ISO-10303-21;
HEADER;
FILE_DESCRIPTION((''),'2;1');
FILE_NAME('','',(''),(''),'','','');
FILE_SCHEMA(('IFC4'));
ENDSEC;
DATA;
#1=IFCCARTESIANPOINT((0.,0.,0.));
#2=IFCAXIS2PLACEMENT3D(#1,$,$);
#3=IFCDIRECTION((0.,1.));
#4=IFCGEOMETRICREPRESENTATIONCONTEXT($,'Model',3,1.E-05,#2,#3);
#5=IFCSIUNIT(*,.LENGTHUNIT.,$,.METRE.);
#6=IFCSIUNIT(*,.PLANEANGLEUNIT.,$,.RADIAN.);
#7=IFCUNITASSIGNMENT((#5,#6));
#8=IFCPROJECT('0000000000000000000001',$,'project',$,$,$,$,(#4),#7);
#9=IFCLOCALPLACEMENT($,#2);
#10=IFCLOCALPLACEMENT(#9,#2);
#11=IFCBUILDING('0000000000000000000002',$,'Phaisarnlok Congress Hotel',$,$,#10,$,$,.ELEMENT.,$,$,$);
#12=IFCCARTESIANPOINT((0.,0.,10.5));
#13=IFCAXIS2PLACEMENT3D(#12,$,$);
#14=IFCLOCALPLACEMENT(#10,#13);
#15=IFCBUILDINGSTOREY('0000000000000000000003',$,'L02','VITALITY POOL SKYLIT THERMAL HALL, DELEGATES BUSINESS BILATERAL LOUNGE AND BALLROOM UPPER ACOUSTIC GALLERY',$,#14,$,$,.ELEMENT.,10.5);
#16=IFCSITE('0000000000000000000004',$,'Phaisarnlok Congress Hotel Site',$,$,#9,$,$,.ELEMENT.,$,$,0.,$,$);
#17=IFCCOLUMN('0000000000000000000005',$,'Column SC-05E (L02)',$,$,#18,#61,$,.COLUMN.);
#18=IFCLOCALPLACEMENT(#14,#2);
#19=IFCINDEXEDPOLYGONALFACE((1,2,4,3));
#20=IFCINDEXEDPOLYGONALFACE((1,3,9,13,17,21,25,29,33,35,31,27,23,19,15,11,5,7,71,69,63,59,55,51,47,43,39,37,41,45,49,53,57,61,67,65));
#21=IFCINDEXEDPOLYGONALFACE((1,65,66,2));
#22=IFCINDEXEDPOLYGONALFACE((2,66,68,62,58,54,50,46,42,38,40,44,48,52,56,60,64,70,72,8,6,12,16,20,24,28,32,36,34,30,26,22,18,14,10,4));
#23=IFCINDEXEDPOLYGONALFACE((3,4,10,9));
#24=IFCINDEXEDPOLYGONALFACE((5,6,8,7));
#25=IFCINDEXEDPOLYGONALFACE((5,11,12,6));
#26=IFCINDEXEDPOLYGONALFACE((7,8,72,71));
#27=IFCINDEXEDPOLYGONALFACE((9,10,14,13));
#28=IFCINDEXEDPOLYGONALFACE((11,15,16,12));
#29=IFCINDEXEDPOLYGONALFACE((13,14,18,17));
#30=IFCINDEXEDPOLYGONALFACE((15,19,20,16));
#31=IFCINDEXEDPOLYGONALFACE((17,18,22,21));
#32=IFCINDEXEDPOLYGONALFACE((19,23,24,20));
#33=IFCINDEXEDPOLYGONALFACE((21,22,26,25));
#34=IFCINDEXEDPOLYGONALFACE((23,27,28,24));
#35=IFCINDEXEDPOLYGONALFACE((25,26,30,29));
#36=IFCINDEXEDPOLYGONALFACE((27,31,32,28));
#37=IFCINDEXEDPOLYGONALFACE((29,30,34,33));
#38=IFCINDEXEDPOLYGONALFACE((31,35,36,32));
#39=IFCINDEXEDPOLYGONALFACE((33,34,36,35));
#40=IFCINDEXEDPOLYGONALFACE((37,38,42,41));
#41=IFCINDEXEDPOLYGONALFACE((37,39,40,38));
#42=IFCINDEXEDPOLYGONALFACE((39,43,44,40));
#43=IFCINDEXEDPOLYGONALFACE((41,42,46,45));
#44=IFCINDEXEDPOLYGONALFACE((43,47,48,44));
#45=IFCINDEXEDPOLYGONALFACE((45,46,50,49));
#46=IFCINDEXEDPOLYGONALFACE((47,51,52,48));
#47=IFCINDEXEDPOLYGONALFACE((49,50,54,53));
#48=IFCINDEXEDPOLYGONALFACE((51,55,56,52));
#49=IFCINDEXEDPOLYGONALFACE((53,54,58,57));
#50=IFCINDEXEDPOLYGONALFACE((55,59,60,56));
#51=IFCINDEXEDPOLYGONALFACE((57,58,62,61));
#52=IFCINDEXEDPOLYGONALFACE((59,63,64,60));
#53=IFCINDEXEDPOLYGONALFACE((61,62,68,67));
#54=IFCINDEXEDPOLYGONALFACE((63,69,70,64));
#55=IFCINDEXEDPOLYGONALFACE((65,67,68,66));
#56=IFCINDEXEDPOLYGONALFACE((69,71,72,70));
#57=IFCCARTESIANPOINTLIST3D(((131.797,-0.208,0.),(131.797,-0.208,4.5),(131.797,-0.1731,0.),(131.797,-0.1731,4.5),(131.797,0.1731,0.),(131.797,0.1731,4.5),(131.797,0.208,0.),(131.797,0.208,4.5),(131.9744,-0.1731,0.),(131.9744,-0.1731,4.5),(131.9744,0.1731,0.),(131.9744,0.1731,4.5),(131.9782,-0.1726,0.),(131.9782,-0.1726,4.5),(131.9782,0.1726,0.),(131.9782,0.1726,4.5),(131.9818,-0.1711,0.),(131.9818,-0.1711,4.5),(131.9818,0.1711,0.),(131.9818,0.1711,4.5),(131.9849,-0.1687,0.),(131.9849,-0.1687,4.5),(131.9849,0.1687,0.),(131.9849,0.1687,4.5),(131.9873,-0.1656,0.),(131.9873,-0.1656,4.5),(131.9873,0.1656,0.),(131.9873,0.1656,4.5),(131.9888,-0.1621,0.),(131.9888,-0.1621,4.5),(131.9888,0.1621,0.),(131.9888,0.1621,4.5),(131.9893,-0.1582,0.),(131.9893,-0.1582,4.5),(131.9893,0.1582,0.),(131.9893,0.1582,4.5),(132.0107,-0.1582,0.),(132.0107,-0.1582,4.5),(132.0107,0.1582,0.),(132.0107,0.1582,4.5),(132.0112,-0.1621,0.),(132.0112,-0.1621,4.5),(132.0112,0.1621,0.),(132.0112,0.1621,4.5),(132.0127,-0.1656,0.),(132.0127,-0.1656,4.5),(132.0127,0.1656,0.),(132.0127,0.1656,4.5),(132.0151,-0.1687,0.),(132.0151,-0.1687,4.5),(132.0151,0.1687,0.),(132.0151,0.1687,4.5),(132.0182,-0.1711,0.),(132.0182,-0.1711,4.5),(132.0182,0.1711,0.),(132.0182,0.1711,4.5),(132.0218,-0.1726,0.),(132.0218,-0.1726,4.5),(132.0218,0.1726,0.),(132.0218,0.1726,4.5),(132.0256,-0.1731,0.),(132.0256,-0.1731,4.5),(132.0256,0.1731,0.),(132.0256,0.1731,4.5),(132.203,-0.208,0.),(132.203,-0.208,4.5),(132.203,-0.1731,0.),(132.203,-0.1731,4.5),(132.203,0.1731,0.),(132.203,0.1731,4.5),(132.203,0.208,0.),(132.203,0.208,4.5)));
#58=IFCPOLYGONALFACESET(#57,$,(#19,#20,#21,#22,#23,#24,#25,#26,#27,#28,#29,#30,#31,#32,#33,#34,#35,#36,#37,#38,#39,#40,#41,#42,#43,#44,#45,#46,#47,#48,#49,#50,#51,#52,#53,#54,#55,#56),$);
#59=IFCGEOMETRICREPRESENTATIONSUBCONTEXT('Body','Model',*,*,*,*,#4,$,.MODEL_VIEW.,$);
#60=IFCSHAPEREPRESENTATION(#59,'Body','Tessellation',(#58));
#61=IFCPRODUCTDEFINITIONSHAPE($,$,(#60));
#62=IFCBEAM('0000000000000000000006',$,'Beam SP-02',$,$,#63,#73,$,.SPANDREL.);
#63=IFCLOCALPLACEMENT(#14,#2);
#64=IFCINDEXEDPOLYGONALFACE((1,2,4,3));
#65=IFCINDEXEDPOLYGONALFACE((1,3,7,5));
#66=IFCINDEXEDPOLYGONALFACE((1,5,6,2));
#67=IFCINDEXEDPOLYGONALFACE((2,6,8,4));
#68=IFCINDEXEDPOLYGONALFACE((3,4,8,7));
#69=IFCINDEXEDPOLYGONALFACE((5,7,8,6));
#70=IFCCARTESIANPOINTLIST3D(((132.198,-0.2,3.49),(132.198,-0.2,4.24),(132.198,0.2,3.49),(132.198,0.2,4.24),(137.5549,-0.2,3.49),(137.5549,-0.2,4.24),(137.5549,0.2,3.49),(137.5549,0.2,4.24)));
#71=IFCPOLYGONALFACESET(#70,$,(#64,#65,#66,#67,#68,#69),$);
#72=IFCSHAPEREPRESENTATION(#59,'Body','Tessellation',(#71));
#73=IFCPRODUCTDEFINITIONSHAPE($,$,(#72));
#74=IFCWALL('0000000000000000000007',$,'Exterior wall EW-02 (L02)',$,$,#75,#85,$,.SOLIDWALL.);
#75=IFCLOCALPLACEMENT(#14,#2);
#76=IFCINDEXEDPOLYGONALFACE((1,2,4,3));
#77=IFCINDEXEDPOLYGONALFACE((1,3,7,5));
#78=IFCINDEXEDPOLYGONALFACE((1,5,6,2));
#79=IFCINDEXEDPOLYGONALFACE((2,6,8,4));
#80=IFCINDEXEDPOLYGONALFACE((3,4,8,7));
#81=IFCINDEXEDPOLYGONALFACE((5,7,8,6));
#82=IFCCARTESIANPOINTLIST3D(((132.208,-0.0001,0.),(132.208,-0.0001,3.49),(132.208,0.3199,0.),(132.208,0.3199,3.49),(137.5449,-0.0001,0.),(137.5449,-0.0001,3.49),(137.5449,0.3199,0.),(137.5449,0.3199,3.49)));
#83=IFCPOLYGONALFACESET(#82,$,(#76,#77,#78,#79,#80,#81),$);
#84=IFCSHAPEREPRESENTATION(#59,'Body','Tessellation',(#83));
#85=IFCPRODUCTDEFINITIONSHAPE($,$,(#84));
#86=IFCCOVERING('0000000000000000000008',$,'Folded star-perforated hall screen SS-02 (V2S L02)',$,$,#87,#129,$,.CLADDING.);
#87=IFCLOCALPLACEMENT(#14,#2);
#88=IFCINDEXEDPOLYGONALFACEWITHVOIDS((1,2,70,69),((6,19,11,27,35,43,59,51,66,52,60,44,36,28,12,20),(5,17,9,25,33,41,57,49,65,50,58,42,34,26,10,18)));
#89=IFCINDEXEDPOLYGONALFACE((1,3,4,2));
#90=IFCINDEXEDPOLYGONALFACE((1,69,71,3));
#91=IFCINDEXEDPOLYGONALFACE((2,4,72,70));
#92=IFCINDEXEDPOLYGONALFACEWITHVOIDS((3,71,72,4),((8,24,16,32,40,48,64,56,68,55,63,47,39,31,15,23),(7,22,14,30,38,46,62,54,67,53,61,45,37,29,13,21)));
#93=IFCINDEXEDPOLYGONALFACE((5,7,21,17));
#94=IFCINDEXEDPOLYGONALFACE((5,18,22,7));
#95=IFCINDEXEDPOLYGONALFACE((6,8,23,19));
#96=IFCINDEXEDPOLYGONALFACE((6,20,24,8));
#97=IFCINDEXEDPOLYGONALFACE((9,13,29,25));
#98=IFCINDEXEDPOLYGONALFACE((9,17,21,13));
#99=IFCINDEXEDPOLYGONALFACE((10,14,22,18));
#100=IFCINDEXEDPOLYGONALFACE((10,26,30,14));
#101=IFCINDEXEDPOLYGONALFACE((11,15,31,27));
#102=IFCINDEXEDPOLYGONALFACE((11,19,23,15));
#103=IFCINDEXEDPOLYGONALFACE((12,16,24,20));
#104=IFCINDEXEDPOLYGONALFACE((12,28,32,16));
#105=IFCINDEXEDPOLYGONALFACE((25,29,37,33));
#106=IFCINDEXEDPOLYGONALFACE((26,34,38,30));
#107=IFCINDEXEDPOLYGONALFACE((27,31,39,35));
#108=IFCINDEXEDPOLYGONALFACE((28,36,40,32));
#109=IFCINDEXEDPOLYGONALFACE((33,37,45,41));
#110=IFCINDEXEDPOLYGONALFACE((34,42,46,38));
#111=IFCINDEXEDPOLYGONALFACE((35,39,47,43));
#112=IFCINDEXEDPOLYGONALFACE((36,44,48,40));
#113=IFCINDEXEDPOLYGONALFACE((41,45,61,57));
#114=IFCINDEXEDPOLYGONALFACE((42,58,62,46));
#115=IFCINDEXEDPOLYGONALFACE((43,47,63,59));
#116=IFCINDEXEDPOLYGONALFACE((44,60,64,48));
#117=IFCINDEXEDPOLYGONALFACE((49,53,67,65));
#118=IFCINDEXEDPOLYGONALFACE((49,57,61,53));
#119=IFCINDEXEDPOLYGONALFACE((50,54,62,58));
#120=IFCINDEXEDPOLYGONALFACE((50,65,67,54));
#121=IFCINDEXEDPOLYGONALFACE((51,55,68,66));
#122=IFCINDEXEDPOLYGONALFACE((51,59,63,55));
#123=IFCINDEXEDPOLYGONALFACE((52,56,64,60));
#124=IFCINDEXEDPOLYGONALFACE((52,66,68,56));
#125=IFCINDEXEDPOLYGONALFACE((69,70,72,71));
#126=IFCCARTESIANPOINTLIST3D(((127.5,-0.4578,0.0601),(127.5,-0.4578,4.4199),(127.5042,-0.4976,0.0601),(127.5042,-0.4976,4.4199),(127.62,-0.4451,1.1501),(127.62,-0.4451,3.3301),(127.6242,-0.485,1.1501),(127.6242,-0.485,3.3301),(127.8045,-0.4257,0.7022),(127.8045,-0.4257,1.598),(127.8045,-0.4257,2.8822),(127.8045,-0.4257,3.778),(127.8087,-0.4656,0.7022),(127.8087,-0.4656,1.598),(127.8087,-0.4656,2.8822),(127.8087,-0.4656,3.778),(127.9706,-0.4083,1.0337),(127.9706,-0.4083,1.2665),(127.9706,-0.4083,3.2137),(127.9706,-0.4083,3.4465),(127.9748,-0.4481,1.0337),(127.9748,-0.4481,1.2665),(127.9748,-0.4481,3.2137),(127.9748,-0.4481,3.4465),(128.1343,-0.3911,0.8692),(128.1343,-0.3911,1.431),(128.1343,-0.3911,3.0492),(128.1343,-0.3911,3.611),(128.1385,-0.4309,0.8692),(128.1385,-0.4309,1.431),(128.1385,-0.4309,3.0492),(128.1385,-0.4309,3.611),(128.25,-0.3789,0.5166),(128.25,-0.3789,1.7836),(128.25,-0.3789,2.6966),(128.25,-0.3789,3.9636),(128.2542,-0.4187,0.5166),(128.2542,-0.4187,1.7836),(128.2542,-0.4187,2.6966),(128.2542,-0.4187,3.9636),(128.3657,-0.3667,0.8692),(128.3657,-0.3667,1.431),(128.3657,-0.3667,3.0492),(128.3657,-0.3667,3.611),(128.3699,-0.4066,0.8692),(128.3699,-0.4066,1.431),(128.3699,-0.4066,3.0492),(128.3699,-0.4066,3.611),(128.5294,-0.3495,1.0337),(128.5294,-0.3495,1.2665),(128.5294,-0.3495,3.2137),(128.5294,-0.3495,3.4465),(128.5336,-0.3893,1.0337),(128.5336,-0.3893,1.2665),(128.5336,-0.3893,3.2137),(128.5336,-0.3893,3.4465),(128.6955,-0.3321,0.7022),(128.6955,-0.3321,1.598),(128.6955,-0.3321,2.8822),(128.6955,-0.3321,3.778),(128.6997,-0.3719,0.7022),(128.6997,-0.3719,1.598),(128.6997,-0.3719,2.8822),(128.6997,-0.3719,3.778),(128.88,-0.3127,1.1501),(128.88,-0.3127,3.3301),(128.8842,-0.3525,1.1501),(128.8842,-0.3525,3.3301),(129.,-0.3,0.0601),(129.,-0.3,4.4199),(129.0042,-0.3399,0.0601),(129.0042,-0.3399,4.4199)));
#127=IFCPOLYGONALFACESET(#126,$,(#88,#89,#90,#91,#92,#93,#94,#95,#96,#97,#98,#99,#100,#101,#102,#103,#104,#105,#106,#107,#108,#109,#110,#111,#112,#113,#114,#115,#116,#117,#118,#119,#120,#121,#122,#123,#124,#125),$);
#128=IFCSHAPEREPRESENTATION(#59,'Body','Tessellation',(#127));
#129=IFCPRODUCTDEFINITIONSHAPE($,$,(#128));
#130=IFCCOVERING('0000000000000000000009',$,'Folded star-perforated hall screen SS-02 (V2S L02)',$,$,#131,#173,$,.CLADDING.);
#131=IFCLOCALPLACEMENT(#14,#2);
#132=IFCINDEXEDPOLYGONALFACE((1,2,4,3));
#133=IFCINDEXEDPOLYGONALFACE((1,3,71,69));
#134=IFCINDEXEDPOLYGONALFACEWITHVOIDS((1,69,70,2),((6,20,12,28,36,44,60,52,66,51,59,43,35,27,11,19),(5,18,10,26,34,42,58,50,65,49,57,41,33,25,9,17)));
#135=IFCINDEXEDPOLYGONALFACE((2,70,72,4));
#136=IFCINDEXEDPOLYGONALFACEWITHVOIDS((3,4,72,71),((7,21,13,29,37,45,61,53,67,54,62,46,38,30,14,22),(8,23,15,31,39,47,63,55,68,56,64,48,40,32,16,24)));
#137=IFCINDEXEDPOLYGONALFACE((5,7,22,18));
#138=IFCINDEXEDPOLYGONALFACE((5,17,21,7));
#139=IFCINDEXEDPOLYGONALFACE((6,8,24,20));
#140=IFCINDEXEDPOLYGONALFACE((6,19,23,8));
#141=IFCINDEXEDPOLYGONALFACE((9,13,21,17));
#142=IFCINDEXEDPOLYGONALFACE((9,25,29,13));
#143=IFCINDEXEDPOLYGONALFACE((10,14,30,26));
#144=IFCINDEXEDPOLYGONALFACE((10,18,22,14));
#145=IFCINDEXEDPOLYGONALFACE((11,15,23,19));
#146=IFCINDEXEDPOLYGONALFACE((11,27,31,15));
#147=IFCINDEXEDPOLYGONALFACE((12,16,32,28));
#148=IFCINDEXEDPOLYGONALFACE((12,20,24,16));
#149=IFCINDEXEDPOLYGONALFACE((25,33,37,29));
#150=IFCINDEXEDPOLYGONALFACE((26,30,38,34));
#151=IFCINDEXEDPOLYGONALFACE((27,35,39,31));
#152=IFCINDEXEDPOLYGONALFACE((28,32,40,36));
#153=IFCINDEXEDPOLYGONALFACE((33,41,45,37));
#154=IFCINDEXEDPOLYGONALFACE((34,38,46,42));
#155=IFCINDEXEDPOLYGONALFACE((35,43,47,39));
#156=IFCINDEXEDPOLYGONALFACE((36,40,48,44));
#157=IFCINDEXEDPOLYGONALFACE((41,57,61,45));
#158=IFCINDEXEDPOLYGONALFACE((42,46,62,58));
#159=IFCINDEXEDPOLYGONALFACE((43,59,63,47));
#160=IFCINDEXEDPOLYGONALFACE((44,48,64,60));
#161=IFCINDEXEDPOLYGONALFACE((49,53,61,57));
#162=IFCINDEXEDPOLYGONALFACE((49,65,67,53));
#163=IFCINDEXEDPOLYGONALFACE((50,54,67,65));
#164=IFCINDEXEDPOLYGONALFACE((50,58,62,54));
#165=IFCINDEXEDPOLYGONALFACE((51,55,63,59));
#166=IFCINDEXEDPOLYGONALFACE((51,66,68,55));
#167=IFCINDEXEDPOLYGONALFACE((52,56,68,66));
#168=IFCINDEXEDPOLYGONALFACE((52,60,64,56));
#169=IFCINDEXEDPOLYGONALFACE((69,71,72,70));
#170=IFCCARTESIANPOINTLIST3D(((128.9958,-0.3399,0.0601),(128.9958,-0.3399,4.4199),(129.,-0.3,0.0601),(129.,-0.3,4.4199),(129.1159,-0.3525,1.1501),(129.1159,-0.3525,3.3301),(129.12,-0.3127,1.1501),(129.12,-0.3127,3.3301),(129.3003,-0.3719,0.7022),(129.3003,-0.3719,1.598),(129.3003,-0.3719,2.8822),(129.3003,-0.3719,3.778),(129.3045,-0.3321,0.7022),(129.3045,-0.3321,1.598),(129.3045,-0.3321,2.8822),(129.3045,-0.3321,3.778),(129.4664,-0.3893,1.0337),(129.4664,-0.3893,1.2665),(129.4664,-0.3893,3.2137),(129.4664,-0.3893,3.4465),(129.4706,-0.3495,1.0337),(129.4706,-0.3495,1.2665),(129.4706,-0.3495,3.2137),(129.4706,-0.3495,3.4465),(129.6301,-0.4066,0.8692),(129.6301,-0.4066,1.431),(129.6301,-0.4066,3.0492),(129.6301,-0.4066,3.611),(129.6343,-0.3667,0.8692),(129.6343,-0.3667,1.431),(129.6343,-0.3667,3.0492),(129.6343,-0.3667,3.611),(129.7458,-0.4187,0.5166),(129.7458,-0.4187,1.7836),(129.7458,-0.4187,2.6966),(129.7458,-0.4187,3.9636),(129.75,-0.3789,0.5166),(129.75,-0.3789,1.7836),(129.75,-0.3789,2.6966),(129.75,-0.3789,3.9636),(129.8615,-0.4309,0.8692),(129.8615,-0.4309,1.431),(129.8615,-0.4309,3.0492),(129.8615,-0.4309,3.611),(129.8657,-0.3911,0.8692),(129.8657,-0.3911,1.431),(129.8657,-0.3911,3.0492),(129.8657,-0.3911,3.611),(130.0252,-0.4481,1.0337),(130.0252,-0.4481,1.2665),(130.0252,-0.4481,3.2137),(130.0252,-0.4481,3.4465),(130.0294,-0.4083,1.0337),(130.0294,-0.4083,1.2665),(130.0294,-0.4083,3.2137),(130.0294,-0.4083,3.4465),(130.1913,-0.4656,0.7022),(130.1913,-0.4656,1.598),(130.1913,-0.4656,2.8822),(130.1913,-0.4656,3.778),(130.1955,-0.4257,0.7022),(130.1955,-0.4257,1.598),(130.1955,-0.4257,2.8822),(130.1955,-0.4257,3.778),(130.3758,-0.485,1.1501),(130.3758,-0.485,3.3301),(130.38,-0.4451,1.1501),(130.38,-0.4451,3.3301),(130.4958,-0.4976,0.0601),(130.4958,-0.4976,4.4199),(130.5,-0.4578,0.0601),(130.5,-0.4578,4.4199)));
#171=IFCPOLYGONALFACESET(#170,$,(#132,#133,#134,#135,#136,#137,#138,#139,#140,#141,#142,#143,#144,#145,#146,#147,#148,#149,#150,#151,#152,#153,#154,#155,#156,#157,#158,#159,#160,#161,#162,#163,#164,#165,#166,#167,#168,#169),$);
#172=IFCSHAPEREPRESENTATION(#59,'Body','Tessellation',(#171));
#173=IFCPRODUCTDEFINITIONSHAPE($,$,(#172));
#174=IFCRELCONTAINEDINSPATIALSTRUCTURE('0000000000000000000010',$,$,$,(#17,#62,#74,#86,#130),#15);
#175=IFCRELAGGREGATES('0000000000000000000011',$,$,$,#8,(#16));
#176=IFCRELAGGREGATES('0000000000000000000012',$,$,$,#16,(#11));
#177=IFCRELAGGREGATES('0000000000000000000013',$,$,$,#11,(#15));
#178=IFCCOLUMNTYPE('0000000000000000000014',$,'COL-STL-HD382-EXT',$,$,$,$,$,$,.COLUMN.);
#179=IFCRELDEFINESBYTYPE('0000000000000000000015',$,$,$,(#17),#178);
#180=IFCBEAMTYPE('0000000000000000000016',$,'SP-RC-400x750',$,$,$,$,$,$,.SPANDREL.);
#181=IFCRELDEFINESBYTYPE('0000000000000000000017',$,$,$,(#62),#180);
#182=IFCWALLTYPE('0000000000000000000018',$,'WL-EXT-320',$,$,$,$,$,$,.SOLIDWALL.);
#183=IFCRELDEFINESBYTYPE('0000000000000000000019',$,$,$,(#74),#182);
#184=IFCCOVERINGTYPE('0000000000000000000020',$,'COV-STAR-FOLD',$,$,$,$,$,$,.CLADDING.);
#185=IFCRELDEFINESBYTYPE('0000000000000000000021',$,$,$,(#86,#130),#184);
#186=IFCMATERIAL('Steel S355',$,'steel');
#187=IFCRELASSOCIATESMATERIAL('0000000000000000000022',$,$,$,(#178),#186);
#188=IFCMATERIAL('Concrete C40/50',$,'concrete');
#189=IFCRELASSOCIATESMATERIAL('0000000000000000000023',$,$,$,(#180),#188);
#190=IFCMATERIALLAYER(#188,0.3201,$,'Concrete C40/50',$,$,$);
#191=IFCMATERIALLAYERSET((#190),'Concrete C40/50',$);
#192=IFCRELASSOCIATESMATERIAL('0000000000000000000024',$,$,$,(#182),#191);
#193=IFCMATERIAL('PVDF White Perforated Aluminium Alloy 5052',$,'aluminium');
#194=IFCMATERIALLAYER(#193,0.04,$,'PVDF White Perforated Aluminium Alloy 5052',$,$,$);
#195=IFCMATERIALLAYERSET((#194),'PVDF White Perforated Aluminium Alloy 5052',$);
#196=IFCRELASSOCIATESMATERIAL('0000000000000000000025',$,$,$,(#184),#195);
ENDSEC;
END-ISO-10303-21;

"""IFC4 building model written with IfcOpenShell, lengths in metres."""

from ifc_helpers import new_model, si_unit, direction, frame, frame_2d, origin, origin_2d, place, context, subcontext, project, spatial, polyline, rectangle, i_section, outline, extrude, material, layer, layer_set, material_profile, profile_set, type_object, element, save


model = new_model("IFC4")

# Units and contexts
model_context = context("Model", 3, precision=1e-05, world=origin(), true_north=direction((0.0, 1.0)))
body_context = subcontext(model_context, "Body", "Model", "MODEL_VIEW")
ifc_project = project(units=[si_unit("LENGTHUNIT", "METRE"), si_unit("PLANEANGLEUNIT", "RADIAN")], contexts=[model_context])

# Site, building, storey
site_placement = place(None, origin())
site = spatial("IfcSite", under=ifc_project, at=site_placement, Name="Phaisarnlok Congress Hotel Site", CompositionType="ELEMENT", RefElevation=0.0)
building_placement = place(site_placement, origin())
building = spatial("IfcBuilding", under=site, at=building_placement, Name="Phaisarnlok Congress Hotel", CompositionType="ELEMENT")
storey_placement = place(building_placement, frame((0.0, 0.0, 10.5)))
storey = spatial("IfcBuildingStorey", under=building, at=storey_placement, Name="L02", Description="VITALITY POOL SKYLIT THERMAL HALL, DELEGATES BUSINESS BILATERAL LOUNGE AND BALLROOM UPPER ACOUSTIC GALLERY", CompositionType="ELEMENT", Elevation=10.5)

# Column
ifc_material_1 = material(Name="Steel S355", Category="steel")
ifc_material_profile_1 = material_profile(ifc_material_1, i_section(OverallWidth=0.406, OverallDepth=0.416, WebThickness=0.0215, FlangeThickness=0.0349, FilletRadius=0.0149, at=origin_2d()), Name="HD 400x382")
ifc_profile_set_1 = profile_set([ifc_material_profile_1], Name="Steel S355")
column_type = type_object("IfcColumnType", Name="COL-STL-HD382-EXT", PredefinedType="COLUMN", material=ifc_profile_set_1)
column_placement = place(storey_placement, frame((132.0, 0.0, 0.0), z_axis=(0.0, 0.0, 1.0), x_axis=(1.0, 0.0, 0.0)))
element("IfcColumn", 1, at=column_placement, inside=storey, type_object=column_type, Name="Column SC-05E (L02)", PredefinedType="COLUMN", context=body_context, shape_type="SweptSolid", body=[
    extrude(i_section(OverallWidth=0.406, OverallDepth=0.416, WebThickness=0.0215, FlangeThickness=0.0349, FilletRadius=0.0149, at=origin_2d()), origin(), (0.0, 0.0, 1.0), 4.5),
])

# Beam
ifc_material_2 = material(Name="Concrete C40/50", Category="concrete")
ifc_material_profile_2 = material_profile(ifc_material_2, rectangle(XDim=0.3999, YDim=0.75, at=origin_2d()), Name="RC 400x750")
ifc_profile_set_2 = profile_set([ifc_material_profile_2], Name="Concrete C40/50")
beam_type = type_object("IfcBeamType", Name="SP-RC-400x750", PredefinedType="SPANDREL", material=ifc_profile_set_2)
beam_placement = place(storey_placement, frame((132.198, 0.0, 3.865), z_axis=(1.0, 0.0, 0.0), x_axis=(0.0, 1.0, 0.0)))
element("IfcBeam", 2, at=beam_placement, inside=storey, type_object=beam_type, Name="Beam SP-02", PredefinedType="SPANDREL", context=body_context, shape_type="SweptSolid", body=[
    extrude(rectangle(XDim=0.3999, YDim=0.75, at=origin_2d()), origin(), (0.0, 0.0, 1.0), 5.3569),
])

# Wall
ifc_layer_1 = layer(ifc_material_2, 0.3201, Name="Concrete C40/50")
ifc_layer_set_1 = layer_set([ifc_layer_1], Name="Concrete C40/50")
wall_type = type_object("IfcWallType", Name="WL-EXT-320", PredefinedType="SOLIDWALL", material=ifc_layer_set_1)
wall_placement = place(storey_placement, frame((132.208, 0.1599, 0.0), z_axis=(0.0, 0.0, 1.0), x_axis=(1.0, 0.0, 0.0)))
element("IfcWall", 3, at=wall_placement, inside=storey, type_object=wall_type, Name="Exterior wall EW-02 (L02)", PredefinedType="SOLIDWALL", context=body_context, shape_type="SweptSolid", body=[
    extrude(rectangle(XDim=5.3369, YDim=0.3201, at=frame_2d((2.6685, 0.0))), origin(), (0.0, 0.0, 1.0), 3.49),
])

# Coverings
ifc_material_3 = material(Name="PVDF White Perforated Aluminium Alloy 5052", Category="aluminium")
ifc_layer_2 = layer(ifc_material_3, 0.04, Name="PVDF White Perforated Aluminium Alloy 5052")
ifc_layer_set_2 = layer_set([ifc_layer_2], Name="PVDF White Perforated Aluminium Alloy 5052")
covering_type = type_object("IfcCoveringType", Name="COV-STAR-FOLD", PredefinedType="CLADDING", material=ifc_layer_set_2)
for number, where, z_axis, x_axis, name in (
    (4, (127.5, -0.4578, 0.0601), (0.104567, -0.994518, 0.0), (0.994518, 0.104567, 0.0), "Folded star-perforated hall screen SS-02 (V2S L02)"),
    (5, (129.0, -0.3, 0.0601), (-0.104567, -0.994518, 0.0), (0.994518, -0.104567, 0.0), "Folded star-perforated hall screen SS-02 (V2S L02)"),
):
    element("IfcCovering", number, at=place(storey_placement, frame(where, z_axis=z_axis, x_axis=x_axis)), inside=storey, type_object=covering_type, Name=name, PredefinedType="CLADDING", context=body_context, shape_type="SweptSolid", body=[
        extrude(outline(polyline([(0.0, 0.0), (1.5083, 0.0), (1.5083, 4.3599), (0.0, 4.3599), (0.0, 0.0)]), holes=[polyline([(1.0351, 0.9736), (1.2021, 0.6421), (0.8705, 0.8091), (0.7541, 0.4565), (0.6378, 0.8091), (0.3062, 0.6421), (0.4732, 0.9736), (0.1207, 1.09), (0.4732, 1.2064), (0.3062, 1.5379), (0.6378, 1.3709), (0.7541, 1.7235), (0.8705, 1.3709), (1.2021, 1.5379), (1.0351, 1.2064), (1.3876, 1.09), (1.0351, 0.9736)]), polyline([(1.0351, 3.1536), (1.2021, 2.8221), (0.8705, 2.9891), (0.7541, 2.6365), (0.6378, 2.9891), (0.3062, 2.8221), (0.4732, 3.1536), (0.1207, 3.27), (0.4732, 3.3864), (0.3062, 3.7179), (0.6378, 3.5509), (0.7541, 3.9035), (0.8705, 3.5509), (1.2021, 3.7179), (1.0351, 3.3864), (1.3876, 3.27), (1.0351, 3.1536)])]), origin(), (0.0, 0.0, 1.0), 0.04),
    ])

save(model, "model.ifc")
